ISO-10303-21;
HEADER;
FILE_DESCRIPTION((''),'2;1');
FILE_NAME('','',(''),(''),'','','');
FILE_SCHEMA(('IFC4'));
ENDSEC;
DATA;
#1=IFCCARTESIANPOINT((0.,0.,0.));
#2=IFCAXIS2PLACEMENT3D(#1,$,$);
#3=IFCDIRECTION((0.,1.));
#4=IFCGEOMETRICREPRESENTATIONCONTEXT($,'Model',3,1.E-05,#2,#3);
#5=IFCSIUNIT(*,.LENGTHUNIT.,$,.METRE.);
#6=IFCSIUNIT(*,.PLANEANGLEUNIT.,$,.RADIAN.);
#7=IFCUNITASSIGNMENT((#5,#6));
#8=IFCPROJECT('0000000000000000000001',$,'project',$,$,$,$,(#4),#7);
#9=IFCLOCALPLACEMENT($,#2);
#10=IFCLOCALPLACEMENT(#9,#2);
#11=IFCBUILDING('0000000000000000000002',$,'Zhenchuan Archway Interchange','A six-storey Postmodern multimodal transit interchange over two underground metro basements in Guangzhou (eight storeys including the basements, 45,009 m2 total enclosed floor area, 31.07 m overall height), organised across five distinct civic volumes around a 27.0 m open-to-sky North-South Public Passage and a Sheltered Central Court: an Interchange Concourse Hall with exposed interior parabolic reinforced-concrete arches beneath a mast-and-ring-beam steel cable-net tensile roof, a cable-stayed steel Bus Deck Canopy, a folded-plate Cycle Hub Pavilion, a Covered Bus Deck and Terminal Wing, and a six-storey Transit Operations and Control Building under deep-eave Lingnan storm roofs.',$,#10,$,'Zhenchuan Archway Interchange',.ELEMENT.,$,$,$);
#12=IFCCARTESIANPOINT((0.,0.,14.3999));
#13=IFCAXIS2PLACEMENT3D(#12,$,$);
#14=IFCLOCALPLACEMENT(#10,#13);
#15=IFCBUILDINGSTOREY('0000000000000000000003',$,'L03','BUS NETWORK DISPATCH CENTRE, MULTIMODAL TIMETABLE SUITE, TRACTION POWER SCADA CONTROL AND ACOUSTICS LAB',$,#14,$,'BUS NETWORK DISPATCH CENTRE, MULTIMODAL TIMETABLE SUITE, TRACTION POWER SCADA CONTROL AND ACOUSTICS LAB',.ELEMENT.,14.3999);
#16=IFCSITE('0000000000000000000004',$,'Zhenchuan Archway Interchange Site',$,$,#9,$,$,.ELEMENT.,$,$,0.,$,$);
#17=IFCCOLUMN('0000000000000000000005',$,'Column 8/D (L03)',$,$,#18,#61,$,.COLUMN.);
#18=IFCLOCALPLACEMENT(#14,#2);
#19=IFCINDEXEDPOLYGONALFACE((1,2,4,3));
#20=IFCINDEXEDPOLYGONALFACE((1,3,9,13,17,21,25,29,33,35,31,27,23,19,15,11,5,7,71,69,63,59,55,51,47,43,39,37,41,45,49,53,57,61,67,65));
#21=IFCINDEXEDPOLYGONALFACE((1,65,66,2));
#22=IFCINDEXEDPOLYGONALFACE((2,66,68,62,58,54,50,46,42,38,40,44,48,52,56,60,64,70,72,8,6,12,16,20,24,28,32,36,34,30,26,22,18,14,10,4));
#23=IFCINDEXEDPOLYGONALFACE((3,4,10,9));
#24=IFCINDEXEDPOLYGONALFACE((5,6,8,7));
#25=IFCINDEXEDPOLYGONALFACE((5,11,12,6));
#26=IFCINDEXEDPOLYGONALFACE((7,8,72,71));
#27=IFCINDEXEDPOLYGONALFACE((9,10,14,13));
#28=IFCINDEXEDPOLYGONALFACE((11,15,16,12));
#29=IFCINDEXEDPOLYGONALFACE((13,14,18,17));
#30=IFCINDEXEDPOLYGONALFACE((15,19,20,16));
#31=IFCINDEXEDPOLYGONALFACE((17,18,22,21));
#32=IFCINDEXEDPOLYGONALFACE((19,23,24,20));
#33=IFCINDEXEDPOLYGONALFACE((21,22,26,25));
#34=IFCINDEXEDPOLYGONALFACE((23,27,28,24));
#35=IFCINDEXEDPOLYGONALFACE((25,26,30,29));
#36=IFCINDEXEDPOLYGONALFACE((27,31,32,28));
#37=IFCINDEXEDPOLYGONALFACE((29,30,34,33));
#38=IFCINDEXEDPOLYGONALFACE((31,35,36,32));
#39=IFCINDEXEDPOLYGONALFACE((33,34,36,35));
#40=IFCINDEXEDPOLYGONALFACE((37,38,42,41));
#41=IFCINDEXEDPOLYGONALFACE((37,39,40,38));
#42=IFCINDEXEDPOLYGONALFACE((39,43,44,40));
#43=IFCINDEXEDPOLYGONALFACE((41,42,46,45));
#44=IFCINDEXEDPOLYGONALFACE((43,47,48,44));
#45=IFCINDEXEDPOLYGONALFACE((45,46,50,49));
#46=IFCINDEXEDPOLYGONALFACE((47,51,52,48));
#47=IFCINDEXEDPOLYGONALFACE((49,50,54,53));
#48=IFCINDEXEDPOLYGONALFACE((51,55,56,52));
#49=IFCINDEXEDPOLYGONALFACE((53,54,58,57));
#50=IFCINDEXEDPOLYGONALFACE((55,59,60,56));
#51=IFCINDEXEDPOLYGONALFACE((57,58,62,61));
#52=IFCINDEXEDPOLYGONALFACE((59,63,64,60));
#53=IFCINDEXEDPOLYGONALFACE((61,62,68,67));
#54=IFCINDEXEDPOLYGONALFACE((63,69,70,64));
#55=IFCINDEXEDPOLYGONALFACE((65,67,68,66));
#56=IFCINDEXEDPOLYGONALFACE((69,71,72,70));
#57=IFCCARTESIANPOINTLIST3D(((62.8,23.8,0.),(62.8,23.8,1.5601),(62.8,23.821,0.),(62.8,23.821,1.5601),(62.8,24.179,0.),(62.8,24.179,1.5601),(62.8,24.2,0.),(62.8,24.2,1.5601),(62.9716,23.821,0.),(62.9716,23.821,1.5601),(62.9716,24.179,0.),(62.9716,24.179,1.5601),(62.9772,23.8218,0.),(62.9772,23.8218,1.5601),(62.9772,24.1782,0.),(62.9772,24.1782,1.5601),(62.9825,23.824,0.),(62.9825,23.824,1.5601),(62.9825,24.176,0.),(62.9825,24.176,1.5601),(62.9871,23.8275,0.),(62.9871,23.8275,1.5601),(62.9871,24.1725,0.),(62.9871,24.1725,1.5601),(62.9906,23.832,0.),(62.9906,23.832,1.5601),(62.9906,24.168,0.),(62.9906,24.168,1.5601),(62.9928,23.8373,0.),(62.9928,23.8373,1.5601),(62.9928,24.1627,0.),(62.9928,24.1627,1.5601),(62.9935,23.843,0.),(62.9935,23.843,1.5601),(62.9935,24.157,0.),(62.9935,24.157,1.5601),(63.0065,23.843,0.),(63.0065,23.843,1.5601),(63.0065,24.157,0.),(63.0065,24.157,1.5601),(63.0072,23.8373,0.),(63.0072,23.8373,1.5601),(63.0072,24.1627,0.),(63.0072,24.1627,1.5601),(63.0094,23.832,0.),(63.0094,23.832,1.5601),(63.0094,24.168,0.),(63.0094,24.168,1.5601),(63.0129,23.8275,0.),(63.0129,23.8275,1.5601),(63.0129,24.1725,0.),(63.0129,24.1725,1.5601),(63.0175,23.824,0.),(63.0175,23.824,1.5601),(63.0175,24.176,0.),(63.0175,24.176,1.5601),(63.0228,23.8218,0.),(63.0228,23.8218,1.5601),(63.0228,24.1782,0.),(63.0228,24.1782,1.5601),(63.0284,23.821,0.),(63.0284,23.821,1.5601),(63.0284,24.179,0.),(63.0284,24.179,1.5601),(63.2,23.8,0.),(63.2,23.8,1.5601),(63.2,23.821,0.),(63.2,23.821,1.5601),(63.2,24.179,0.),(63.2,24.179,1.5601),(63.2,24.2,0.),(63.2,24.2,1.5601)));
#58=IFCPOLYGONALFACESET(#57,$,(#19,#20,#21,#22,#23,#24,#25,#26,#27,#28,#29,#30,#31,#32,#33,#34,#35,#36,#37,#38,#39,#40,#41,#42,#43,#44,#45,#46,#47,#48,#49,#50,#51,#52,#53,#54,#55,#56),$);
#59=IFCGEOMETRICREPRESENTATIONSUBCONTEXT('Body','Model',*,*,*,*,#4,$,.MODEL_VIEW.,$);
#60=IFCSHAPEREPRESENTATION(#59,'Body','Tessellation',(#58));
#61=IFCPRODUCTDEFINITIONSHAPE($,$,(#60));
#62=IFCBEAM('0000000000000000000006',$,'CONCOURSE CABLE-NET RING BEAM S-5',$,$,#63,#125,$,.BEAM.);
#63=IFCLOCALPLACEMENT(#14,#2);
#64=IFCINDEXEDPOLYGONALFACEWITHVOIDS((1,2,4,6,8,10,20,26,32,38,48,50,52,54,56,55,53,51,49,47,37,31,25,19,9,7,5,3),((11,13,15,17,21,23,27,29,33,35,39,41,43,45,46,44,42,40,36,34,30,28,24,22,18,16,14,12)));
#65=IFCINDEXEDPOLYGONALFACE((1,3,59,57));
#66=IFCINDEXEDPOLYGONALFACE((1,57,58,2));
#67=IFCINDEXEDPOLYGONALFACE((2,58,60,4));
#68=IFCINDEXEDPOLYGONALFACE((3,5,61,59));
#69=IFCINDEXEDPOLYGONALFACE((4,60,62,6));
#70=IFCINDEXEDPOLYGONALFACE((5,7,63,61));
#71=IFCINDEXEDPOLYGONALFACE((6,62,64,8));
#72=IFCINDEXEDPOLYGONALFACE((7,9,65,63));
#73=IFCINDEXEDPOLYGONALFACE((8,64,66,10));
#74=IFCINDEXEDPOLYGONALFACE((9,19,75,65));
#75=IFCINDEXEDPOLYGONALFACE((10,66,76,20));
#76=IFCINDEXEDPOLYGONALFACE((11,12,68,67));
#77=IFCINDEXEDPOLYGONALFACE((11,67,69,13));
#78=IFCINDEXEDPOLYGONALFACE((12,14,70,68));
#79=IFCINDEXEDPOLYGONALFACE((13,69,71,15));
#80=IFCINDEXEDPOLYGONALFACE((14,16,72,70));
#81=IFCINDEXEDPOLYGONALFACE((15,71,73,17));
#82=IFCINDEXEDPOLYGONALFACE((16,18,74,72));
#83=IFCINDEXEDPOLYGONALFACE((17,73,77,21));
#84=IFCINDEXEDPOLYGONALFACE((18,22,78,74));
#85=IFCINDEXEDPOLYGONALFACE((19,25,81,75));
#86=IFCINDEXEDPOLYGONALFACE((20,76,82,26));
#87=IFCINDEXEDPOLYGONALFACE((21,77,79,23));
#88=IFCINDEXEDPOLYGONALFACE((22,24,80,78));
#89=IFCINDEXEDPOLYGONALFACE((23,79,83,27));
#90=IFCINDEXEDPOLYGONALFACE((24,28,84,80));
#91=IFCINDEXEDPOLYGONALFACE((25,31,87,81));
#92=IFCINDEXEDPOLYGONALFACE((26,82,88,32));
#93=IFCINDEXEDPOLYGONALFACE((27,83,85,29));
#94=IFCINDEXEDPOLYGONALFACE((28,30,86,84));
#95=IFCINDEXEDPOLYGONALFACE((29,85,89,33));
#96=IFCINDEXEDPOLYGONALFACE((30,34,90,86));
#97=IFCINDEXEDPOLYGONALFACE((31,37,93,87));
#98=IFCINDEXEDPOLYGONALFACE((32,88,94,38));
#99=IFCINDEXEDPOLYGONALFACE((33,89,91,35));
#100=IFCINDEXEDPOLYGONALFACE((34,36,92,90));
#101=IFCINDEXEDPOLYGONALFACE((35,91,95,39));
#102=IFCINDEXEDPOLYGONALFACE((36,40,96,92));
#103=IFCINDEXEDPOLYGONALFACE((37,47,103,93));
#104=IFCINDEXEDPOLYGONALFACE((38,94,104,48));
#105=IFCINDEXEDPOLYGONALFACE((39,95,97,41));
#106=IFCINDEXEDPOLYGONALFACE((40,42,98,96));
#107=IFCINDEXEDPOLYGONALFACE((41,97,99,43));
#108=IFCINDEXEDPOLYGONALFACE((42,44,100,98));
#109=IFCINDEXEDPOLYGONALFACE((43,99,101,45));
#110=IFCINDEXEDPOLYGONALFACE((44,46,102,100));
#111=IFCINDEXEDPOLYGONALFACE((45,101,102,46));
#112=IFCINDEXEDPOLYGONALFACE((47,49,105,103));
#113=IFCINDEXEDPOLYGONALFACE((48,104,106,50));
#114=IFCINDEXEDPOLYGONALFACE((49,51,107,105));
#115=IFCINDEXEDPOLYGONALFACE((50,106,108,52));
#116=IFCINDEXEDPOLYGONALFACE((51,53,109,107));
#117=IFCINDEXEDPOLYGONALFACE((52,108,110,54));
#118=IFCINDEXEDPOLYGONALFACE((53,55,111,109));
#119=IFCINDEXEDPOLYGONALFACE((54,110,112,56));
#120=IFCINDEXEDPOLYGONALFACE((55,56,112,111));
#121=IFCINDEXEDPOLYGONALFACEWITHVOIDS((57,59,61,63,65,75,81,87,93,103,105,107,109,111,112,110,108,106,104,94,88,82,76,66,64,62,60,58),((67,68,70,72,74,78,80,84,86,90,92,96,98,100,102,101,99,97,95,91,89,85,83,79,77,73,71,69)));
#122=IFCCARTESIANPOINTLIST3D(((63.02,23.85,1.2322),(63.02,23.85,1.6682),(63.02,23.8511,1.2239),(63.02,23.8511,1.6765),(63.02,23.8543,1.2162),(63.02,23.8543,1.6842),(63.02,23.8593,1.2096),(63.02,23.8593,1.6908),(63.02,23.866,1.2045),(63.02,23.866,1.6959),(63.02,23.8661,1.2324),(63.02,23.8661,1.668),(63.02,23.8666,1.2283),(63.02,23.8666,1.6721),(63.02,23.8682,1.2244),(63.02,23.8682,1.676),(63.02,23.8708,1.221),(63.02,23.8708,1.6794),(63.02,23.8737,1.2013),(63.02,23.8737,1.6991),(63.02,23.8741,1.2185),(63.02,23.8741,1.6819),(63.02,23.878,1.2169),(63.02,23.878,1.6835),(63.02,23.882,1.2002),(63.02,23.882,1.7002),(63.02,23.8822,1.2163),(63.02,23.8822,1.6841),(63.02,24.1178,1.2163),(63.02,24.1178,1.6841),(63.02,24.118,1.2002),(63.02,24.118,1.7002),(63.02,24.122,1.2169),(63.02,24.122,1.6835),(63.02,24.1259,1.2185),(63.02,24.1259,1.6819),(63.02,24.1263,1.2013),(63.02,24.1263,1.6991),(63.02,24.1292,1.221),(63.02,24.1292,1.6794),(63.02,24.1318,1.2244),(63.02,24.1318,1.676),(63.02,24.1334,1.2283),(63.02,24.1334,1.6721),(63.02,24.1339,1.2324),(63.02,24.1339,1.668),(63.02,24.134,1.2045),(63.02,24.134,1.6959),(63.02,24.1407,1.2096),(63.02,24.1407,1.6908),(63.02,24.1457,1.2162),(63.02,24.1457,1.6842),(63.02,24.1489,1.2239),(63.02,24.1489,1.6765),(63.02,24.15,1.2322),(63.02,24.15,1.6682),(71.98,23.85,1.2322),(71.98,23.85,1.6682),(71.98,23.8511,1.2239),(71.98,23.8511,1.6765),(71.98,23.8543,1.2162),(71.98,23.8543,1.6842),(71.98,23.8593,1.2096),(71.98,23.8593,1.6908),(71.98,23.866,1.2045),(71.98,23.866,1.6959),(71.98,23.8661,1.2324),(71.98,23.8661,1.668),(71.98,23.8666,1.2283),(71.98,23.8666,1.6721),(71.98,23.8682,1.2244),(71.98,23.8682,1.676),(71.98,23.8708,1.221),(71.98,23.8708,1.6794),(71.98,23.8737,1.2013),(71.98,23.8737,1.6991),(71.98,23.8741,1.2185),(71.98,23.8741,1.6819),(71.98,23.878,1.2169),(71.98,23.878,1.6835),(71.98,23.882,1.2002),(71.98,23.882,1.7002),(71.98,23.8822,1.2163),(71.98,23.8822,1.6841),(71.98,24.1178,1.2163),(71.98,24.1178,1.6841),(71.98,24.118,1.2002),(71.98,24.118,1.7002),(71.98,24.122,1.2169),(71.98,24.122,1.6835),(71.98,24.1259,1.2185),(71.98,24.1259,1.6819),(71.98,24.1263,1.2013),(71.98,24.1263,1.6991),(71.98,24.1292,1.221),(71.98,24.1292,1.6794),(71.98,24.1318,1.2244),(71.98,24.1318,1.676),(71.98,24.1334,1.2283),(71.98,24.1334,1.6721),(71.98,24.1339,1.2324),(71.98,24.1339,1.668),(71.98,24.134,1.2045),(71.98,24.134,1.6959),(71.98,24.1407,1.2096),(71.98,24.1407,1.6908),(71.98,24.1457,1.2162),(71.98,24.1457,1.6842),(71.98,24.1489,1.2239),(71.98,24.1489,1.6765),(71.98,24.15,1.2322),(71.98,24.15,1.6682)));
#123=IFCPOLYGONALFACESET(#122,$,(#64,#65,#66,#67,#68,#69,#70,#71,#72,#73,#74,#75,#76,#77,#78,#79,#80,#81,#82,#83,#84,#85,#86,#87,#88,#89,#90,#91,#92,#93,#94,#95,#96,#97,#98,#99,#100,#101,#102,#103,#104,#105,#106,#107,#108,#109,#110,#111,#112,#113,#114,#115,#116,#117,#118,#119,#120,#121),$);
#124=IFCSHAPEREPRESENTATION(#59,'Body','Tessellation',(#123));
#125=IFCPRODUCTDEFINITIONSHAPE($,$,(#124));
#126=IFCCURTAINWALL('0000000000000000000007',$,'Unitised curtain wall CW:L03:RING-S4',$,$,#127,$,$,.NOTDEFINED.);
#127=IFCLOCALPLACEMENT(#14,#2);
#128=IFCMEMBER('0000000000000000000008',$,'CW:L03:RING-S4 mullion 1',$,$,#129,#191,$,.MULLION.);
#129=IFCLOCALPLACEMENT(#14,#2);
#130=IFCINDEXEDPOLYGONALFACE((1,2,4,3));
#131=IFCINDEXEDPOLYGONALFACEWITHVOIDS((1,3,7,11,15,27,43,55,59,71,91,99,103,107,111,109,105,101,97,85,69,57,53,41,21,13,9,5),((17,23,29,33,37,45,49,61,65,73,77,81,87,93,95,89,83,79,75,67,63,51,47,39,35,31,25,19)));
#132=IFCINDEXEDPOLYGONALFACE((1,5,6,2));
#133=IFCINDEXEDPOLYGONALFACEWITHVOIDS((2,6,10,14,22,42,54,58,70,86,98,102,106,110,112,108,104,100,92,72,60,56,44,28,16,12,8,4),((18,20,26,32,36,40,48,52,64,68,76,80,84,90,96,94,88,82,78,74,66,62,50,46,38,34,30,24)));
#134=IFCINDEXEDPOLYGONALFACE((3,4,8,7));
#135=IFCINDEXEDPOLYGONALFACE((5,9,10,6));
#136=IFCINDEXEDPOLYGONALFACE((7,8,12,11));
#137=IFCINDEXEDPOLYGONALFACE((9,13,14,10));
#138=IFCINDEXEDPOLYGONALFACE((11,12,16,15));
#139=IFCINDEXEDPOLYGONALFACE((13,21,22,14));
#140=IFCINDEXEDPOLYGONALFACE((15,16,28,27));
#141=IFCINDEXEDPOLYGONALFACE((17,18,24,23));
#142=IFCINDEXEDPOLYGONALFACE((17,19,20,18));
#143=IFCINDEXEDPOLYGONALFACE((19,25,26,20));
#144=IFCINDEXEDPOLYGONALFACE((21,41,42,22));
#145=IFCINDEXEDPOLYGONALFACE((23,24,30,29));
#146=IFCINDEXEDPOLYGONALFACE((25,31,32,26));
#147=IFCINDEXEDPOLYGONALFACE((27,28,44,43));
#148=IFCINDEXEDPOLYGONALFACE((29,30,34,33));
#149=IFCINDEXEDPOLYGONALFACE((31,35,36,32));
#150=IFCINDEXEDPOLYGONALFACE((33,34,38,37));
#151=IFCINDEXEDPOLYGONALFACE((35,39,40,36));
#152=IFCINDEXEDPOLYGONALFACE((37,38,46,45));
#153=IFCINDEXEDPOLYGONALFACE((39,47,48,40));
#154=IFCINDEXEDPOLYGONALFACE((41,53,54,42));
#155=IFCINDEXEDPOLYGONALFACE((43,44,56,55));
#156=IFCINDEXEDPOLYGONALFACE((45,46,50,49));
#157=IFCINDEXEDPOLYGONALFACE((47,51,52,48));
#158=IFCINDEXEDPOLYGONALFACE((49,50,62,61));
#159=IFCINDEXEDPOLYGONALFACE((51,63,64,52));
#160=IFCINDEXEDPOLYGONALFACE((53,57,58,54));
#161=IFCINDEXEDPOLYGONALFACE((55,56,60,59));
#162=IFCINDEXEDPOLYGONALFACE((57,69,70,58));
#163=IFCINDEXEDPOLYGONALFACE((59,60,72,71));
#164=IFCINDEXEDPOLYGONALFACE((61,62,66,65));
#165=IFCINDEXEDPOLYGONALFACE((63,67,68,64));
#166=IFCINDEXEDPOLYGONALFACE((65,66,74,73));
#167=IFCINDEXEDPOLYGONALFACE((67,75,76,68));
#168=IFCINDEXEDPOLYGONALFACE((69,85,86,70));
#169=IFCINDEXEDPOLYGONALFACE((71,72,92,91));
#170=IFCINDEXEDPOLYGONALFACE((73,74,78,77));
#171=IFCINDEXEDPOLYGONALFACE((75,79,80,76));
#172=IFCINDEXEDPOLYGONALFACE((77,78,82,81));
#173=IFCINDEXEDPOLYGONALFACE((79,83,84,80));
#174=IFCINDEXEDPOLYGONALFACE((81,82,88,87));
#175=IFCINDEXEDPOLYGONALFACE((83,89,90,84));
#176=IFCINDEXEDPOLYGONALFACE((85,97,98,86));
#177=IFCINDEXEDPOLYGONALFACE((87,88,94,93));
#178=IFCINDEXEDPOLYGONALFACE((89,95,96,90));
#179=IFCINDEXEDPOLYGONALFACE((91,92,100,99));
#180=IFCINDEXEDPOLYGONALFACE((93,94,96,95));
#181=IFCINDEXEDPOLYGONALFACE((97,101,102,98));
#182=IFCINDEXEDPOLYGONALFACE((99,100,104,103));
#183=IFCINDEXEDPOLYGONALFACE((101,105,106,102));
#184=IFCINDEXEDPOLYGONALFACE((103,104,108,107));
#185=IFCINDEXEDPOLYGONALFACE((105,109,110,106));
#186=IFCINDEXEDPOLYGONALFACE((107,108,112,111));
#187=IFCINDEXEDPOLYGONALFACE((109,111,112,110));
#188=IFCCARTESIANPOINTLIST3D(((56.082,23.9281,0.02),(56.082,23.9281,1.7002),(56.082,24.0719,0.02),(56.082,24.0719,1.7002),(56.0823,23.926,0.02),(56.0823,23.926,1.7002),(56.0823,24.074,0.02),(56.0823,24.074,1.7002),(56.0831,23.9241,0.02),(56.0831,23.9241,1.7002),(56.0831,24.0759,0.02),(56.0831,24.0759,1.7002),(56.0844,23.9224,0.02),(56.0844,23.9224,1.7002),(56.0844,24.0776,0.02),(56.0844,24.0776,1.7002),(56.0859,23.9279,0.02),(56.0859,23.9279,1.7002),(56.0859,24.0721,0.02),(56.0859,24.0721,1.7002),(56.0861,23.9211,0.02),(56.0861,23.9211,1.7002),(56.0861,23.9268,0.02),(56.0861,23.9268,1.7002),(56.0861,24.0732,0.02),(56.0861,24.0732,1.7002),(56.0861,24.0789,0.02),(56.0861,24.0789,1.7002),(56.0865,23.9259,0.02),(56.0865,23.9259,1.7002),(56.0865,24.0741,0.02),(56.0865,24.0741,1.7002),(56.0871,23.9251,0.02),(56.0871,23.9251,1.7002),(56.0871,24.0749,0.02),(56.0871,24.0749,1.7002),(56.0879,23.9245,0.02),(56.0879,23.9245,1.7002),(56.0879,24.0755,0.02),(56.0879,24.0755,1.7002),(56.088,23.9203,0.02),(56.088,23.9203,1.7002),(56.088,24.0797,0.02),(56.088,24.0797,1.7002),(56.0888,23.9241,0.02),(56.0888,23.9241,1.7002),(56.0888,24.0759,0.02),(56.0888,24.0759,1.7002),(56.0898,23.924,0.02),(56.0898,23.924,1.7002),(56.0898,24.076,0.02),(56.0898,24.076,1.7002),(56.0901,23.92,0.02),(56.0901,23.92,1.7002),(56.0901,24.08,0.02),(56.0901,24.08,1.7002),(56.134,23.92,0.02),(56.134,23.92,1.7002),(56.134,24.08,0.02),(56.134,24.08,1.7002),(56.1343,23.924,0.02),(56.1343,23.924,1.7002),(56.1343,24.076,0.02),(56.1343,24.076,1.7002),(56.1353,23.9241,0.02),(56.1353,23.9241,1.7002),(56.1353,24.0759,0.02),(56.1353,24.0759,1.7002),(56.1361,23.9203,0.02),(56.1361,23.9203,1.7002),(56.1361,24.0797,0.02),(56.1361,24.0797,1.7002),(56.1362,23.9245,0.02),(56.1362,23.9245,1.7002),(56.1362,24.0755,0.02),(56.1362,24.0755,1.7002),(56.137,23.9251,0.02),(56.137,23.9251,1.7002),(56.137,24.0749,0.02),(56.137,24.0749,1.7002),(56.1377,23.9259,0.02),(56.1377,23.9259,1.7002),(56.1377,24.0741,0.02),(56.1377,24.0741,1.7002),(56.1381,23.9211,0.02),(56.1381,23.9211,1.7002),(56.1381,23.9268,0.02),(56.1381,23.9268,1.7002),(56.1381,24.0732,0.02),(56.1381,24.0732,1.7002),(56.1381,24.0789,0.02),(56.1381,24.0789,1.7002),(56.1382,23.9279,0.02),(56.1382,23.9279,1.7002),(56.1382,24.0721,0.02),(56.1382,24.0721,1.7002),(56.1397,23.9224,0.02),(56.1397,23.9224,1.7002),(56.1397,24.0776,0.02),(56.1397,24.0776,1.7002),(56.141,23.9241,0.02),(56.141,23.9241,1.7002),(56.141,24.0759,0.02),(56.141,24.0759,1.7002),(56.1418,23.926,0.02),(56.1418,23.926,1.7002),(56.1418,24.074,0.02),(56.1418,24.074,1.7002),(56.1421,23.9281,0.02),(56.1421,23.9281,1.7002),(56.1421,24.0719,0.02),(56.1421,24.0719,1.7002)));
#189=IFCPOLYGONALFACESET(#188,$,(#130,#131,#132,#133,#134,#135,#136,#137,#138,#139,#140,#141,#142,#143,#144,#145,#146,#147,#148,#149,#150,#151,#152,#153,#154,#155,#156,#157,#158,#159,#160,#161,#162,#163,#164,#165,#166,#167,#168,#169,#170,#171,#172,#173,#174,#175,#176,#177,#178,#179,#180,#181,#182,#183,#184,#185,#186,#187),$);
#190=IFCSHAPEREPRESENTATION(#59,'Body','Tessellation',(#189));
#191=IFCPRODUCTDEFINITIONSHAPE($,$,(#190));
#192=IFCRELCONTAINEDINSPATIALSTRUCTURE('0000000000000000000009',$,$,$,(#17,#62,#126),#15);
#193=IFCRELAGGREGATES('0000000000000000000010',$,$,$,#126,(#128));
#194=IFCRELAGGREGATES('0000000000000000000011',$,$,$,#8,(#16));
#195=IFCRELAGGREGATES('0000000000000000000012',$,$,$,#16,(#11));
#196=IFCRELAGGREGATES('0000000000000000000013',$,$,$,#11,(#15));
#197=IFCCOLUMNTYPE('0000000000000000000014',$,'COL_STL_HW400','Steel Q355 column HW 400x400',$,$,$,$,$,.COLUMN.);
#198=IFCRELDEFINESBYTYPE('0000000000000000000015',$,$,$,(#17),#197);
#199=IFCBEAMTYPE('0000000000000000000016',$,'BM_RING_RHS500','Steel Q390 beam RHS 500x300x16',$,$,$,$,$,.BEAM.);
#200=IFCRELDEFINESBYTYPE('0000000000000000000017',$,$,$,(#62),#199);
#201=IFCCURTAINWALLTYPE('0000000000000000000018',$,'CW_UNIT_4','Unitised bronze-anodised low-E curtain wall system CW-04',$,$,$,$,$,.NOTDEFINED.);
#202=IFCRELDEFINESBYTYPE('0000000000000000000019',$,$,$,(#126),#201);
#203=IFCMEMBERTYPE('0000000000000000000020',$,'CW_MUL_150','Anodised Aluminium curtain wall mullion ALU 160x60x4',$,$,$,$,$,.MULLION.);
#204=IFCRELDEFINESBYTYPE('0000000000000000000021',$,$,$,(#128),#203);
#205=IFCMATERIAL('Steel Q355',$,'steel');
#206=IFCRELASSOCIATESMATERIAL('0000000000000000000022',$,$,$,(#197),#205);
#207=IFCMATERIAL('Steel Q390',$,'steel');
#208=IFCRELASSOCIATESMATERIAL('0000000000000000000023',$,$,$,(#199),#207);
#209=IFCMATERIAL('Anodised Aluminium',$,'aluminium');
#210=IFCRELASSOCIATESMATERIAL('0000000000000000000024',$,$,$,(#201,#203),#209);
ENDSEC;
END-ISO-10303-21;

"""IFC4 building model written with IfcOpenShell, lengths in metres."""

from ifc_helpers import new_model, si_unit, direction, frame, origin, origin_2d, place, context, subcontext, project, spatial, hollow_rectangle, i_section, extrude, material, material_profile, profile_set, type_object, element, aggregate, save


model = new_model("IFC4")

# Units and contexts
model_context = context("Model", 3, precision=1e-05, world=origin(), true_north=direction((0.0, 1.0)))
body_context = subcontext(model_context, "Body", "Model", "MODEL_VIEW")
ifc_project = project(units=[si_unit("LENGTHUNIT", "METRE"), si_unit("PLANEANGLEUNIT", "RADIAN")], contexts=[model_context])

# Site, building, storey
site_placement = place(None, origin())
site = spatial("IfcSite", under=ifc_project, at=site_placement, Name="Zhenchuan Archway Interchange Site", CompositionType="ELEMENT", RefElevation=0.0)
building_placement = place(site_placement, origin())
building = spatial("IfcBuilding", under=site, at=building_placement, Name="Zhenchuan Archway Interchange", Description="A six-storey Postmodern multimodal transit interchange over two underground metro basements in Guangzhou (eight storeys including the basements, 45,009 m2 total enclosed floor area, 31.07 m overall height), organised across five distinct civic volumes around a 27.0 m open-to-sky North-South Public Passage and a Sheltered Central Court: an Interchange Concourse Hall with exposed interior parabolic reinforced-concrete arches beneath a mast-and-ring-beam steel cable-net tensile roof, a cable-stayed steel Bus Deck Canopy, a folded-plate Cycle Hub Pavilion, a Covered Bus Deck and Terminal Wing, and a six-storey Transit Operations and Control Building under deep-eave Lingnan storm roofs.", LongName="Zhenchuan Archway Interchange", CompositionType="ELEMENT")
storey_placement = place(building_placement, frame((0.0, 0.0, 14.3999)))
storey = spatial("IfcBuildingStorey", under=building, at=storey_placement, Name="L03", Description="BUS NETWORK DISPATCH CENTRE, MULTIMODAL TIMETABLE SUITE, TRACTION POWER SCADA CONTROL AND ACOUSTICS LAB", LongName="BUS NETWORK DISPATCH CENTRE, MULTIMODAL TIMETABLE SUITE, TRACTION POWER SCADA CONTROL AND ACOUSTICS LAB", CompositionType="ELEMENT", Elevation=14.3999)

# Column
ifc_material_1 = material(Name="Steel Q355", Category="steel")
ifc_material_profile_1 = material_profile(ifc_material_1, i_section(OverallWidth=0.3999, OverallDepth=0.3999, WebThickness=0.0129, FlangeThickness=0.021, FilletRadius=0.022, at=origin_2d()), Name="HW 400x400")
ifc_profile_set_1 = profile_set([ifc_material_profile_1], Name="Steel Q355")
column_type = type_object("IfcColumnType", Name="COL_STL_HW400", Description="Steel Q355 column HW 400x400", PredefinedType="COLUMN", material=ifc_profile_set_1)
column_placement = place(storey_placement, frame((63.0, 24.0, 0.0), z_axis=(0.0, 0.0, 1.0), x_axis=(1.0, 0.0, 0.0)))
element("IfcColumn", 1, at=column_placement, inside=storey, type_object=column_type, Name="Column 8/D (L03)", PredefinedType="COLUMN", context=body_context, shape_type="SweptSolid", body=[
    extrude(i_section(OverallWidth=0.3999, OverallDepth=0.3999, WebThickness=0.0129, FlangeThickness=0.021, FilletRadius=0.022, at=origin_2d()), origin(), (0.0, 0.0, 1.0), 1.5601),
])

# Beam
ifc_material_2 = material(Name="Steel Q390", Category="steel")
ifc_material_profile_2 = material_profile(ifc_material_2, hollow_rectangle(XDim=0.3, YDim=0.5, WallThickness=0.0161, InnerFilletRadius=0.0161, OuterFilletRadius=0.032, at=origin_2d()), Name="RHS 500x300x16")
ifc_profile_set_2 = profile_set([ifc_material_profile_2], Name="Steel Q390")
beam_type = type_object("IfcBeamType", Name="BM_RING_RHS500", Description="Steel Q390 beam RHS 500x300x16", PredefinedType="BEAM", material=ifc_profile_set_2)
beam_placement = place(storey_placement, frame((63.02, 24.0, 1.4502), z_axis=(1.0, 0.0, 0.0), x_axis=(0.0, 1.0, 0.0)))
element("IfcBeam", 2, at=beam_placement, inside=storey, type_object=beam_type, Name="CONCOURSE CABLE-NET RING BEAM S-5", PredefinedType="BEAM", context=body_context, shape_type="SweptSolid", body=[
    extrude(hollow_rectangle(XDim=0.3, YDim=0.5, WallThickness=0.0161, InnerFilletRadius=0.0161, OuterFilletRadius=0.032, at=origin_2d()), origin(), (0.0, 0.0, 1.0), 8.96),
])

# Curtain wall, member
ifc_material_3 = material(Name="Anodised Aluminium", Category="aluminium")
curtain_wall_type = type_object("IfcCurtainWallType", Name="CW_UNIT_4", Description="Unitised bronze-anodised low-E curtain wall system CW-04", PredefinedType="NOTDEFINED", material=ifc_material_3)
curtain_wall_1_placement = place(storey_placement, origin())
curtain_wall_1 = element("IfcCurtainWall", 3, at=curtain_wall_1_placement, inside=storey, type_object=curtain_wall_type, Name="Unitised curtain wall CW:L03:RING-S4", PredefinedType="NOTDEFINED")
ifc_material_profile_3 = material_profile(ifc_material_3, hollow_rectangle(XDim=0.0601, YDim=0.1599, WallThickness=0.0039, InnerFilletRadius=0.0039, OuterFilletRadius=0.0081, at=origin_2d()), Name="ALU 160x60x4")
ifc_profile_set_3 = profile_set([ifc_material_profile_3], Name="Anodised Aluminium")
member_type_1 = type_object("IfcMemberType", Name="CW_MUL_150", Description="Anodised Aluminium curtain wall mullion ALU 160x60x4", PredefinedType="MULLION", material=ifc_profile_set_3)
member_1_placement = place(storey_placement, frame((56.1121, 24.0, 0.02), z_axis=(0.0, 0.0, 1.0), x_axis=(1.0, 0.0, 0.0)))
member_1 = element("IfcMember", 4, at=member_1_placement, type_object=member_type_1, Name="CW:L03:RING-S4 mullion 1", PredefinedType="MULLION", context=body_context, shape_type="SweptSolid", body=[
    extrude(hollow_rectangle(XDim=0.0601, YDim=0.1599, WallThickness=0.0039, InnerFilletRadius=0.0039, OuterFilletRadius=0.0081, at=origin_2d()), origin(), (0.0, 0.0, 1.0), 1.6802),
])

aggregate(curtain_wall_1, [member_1])

save(model, "model.ifc")
